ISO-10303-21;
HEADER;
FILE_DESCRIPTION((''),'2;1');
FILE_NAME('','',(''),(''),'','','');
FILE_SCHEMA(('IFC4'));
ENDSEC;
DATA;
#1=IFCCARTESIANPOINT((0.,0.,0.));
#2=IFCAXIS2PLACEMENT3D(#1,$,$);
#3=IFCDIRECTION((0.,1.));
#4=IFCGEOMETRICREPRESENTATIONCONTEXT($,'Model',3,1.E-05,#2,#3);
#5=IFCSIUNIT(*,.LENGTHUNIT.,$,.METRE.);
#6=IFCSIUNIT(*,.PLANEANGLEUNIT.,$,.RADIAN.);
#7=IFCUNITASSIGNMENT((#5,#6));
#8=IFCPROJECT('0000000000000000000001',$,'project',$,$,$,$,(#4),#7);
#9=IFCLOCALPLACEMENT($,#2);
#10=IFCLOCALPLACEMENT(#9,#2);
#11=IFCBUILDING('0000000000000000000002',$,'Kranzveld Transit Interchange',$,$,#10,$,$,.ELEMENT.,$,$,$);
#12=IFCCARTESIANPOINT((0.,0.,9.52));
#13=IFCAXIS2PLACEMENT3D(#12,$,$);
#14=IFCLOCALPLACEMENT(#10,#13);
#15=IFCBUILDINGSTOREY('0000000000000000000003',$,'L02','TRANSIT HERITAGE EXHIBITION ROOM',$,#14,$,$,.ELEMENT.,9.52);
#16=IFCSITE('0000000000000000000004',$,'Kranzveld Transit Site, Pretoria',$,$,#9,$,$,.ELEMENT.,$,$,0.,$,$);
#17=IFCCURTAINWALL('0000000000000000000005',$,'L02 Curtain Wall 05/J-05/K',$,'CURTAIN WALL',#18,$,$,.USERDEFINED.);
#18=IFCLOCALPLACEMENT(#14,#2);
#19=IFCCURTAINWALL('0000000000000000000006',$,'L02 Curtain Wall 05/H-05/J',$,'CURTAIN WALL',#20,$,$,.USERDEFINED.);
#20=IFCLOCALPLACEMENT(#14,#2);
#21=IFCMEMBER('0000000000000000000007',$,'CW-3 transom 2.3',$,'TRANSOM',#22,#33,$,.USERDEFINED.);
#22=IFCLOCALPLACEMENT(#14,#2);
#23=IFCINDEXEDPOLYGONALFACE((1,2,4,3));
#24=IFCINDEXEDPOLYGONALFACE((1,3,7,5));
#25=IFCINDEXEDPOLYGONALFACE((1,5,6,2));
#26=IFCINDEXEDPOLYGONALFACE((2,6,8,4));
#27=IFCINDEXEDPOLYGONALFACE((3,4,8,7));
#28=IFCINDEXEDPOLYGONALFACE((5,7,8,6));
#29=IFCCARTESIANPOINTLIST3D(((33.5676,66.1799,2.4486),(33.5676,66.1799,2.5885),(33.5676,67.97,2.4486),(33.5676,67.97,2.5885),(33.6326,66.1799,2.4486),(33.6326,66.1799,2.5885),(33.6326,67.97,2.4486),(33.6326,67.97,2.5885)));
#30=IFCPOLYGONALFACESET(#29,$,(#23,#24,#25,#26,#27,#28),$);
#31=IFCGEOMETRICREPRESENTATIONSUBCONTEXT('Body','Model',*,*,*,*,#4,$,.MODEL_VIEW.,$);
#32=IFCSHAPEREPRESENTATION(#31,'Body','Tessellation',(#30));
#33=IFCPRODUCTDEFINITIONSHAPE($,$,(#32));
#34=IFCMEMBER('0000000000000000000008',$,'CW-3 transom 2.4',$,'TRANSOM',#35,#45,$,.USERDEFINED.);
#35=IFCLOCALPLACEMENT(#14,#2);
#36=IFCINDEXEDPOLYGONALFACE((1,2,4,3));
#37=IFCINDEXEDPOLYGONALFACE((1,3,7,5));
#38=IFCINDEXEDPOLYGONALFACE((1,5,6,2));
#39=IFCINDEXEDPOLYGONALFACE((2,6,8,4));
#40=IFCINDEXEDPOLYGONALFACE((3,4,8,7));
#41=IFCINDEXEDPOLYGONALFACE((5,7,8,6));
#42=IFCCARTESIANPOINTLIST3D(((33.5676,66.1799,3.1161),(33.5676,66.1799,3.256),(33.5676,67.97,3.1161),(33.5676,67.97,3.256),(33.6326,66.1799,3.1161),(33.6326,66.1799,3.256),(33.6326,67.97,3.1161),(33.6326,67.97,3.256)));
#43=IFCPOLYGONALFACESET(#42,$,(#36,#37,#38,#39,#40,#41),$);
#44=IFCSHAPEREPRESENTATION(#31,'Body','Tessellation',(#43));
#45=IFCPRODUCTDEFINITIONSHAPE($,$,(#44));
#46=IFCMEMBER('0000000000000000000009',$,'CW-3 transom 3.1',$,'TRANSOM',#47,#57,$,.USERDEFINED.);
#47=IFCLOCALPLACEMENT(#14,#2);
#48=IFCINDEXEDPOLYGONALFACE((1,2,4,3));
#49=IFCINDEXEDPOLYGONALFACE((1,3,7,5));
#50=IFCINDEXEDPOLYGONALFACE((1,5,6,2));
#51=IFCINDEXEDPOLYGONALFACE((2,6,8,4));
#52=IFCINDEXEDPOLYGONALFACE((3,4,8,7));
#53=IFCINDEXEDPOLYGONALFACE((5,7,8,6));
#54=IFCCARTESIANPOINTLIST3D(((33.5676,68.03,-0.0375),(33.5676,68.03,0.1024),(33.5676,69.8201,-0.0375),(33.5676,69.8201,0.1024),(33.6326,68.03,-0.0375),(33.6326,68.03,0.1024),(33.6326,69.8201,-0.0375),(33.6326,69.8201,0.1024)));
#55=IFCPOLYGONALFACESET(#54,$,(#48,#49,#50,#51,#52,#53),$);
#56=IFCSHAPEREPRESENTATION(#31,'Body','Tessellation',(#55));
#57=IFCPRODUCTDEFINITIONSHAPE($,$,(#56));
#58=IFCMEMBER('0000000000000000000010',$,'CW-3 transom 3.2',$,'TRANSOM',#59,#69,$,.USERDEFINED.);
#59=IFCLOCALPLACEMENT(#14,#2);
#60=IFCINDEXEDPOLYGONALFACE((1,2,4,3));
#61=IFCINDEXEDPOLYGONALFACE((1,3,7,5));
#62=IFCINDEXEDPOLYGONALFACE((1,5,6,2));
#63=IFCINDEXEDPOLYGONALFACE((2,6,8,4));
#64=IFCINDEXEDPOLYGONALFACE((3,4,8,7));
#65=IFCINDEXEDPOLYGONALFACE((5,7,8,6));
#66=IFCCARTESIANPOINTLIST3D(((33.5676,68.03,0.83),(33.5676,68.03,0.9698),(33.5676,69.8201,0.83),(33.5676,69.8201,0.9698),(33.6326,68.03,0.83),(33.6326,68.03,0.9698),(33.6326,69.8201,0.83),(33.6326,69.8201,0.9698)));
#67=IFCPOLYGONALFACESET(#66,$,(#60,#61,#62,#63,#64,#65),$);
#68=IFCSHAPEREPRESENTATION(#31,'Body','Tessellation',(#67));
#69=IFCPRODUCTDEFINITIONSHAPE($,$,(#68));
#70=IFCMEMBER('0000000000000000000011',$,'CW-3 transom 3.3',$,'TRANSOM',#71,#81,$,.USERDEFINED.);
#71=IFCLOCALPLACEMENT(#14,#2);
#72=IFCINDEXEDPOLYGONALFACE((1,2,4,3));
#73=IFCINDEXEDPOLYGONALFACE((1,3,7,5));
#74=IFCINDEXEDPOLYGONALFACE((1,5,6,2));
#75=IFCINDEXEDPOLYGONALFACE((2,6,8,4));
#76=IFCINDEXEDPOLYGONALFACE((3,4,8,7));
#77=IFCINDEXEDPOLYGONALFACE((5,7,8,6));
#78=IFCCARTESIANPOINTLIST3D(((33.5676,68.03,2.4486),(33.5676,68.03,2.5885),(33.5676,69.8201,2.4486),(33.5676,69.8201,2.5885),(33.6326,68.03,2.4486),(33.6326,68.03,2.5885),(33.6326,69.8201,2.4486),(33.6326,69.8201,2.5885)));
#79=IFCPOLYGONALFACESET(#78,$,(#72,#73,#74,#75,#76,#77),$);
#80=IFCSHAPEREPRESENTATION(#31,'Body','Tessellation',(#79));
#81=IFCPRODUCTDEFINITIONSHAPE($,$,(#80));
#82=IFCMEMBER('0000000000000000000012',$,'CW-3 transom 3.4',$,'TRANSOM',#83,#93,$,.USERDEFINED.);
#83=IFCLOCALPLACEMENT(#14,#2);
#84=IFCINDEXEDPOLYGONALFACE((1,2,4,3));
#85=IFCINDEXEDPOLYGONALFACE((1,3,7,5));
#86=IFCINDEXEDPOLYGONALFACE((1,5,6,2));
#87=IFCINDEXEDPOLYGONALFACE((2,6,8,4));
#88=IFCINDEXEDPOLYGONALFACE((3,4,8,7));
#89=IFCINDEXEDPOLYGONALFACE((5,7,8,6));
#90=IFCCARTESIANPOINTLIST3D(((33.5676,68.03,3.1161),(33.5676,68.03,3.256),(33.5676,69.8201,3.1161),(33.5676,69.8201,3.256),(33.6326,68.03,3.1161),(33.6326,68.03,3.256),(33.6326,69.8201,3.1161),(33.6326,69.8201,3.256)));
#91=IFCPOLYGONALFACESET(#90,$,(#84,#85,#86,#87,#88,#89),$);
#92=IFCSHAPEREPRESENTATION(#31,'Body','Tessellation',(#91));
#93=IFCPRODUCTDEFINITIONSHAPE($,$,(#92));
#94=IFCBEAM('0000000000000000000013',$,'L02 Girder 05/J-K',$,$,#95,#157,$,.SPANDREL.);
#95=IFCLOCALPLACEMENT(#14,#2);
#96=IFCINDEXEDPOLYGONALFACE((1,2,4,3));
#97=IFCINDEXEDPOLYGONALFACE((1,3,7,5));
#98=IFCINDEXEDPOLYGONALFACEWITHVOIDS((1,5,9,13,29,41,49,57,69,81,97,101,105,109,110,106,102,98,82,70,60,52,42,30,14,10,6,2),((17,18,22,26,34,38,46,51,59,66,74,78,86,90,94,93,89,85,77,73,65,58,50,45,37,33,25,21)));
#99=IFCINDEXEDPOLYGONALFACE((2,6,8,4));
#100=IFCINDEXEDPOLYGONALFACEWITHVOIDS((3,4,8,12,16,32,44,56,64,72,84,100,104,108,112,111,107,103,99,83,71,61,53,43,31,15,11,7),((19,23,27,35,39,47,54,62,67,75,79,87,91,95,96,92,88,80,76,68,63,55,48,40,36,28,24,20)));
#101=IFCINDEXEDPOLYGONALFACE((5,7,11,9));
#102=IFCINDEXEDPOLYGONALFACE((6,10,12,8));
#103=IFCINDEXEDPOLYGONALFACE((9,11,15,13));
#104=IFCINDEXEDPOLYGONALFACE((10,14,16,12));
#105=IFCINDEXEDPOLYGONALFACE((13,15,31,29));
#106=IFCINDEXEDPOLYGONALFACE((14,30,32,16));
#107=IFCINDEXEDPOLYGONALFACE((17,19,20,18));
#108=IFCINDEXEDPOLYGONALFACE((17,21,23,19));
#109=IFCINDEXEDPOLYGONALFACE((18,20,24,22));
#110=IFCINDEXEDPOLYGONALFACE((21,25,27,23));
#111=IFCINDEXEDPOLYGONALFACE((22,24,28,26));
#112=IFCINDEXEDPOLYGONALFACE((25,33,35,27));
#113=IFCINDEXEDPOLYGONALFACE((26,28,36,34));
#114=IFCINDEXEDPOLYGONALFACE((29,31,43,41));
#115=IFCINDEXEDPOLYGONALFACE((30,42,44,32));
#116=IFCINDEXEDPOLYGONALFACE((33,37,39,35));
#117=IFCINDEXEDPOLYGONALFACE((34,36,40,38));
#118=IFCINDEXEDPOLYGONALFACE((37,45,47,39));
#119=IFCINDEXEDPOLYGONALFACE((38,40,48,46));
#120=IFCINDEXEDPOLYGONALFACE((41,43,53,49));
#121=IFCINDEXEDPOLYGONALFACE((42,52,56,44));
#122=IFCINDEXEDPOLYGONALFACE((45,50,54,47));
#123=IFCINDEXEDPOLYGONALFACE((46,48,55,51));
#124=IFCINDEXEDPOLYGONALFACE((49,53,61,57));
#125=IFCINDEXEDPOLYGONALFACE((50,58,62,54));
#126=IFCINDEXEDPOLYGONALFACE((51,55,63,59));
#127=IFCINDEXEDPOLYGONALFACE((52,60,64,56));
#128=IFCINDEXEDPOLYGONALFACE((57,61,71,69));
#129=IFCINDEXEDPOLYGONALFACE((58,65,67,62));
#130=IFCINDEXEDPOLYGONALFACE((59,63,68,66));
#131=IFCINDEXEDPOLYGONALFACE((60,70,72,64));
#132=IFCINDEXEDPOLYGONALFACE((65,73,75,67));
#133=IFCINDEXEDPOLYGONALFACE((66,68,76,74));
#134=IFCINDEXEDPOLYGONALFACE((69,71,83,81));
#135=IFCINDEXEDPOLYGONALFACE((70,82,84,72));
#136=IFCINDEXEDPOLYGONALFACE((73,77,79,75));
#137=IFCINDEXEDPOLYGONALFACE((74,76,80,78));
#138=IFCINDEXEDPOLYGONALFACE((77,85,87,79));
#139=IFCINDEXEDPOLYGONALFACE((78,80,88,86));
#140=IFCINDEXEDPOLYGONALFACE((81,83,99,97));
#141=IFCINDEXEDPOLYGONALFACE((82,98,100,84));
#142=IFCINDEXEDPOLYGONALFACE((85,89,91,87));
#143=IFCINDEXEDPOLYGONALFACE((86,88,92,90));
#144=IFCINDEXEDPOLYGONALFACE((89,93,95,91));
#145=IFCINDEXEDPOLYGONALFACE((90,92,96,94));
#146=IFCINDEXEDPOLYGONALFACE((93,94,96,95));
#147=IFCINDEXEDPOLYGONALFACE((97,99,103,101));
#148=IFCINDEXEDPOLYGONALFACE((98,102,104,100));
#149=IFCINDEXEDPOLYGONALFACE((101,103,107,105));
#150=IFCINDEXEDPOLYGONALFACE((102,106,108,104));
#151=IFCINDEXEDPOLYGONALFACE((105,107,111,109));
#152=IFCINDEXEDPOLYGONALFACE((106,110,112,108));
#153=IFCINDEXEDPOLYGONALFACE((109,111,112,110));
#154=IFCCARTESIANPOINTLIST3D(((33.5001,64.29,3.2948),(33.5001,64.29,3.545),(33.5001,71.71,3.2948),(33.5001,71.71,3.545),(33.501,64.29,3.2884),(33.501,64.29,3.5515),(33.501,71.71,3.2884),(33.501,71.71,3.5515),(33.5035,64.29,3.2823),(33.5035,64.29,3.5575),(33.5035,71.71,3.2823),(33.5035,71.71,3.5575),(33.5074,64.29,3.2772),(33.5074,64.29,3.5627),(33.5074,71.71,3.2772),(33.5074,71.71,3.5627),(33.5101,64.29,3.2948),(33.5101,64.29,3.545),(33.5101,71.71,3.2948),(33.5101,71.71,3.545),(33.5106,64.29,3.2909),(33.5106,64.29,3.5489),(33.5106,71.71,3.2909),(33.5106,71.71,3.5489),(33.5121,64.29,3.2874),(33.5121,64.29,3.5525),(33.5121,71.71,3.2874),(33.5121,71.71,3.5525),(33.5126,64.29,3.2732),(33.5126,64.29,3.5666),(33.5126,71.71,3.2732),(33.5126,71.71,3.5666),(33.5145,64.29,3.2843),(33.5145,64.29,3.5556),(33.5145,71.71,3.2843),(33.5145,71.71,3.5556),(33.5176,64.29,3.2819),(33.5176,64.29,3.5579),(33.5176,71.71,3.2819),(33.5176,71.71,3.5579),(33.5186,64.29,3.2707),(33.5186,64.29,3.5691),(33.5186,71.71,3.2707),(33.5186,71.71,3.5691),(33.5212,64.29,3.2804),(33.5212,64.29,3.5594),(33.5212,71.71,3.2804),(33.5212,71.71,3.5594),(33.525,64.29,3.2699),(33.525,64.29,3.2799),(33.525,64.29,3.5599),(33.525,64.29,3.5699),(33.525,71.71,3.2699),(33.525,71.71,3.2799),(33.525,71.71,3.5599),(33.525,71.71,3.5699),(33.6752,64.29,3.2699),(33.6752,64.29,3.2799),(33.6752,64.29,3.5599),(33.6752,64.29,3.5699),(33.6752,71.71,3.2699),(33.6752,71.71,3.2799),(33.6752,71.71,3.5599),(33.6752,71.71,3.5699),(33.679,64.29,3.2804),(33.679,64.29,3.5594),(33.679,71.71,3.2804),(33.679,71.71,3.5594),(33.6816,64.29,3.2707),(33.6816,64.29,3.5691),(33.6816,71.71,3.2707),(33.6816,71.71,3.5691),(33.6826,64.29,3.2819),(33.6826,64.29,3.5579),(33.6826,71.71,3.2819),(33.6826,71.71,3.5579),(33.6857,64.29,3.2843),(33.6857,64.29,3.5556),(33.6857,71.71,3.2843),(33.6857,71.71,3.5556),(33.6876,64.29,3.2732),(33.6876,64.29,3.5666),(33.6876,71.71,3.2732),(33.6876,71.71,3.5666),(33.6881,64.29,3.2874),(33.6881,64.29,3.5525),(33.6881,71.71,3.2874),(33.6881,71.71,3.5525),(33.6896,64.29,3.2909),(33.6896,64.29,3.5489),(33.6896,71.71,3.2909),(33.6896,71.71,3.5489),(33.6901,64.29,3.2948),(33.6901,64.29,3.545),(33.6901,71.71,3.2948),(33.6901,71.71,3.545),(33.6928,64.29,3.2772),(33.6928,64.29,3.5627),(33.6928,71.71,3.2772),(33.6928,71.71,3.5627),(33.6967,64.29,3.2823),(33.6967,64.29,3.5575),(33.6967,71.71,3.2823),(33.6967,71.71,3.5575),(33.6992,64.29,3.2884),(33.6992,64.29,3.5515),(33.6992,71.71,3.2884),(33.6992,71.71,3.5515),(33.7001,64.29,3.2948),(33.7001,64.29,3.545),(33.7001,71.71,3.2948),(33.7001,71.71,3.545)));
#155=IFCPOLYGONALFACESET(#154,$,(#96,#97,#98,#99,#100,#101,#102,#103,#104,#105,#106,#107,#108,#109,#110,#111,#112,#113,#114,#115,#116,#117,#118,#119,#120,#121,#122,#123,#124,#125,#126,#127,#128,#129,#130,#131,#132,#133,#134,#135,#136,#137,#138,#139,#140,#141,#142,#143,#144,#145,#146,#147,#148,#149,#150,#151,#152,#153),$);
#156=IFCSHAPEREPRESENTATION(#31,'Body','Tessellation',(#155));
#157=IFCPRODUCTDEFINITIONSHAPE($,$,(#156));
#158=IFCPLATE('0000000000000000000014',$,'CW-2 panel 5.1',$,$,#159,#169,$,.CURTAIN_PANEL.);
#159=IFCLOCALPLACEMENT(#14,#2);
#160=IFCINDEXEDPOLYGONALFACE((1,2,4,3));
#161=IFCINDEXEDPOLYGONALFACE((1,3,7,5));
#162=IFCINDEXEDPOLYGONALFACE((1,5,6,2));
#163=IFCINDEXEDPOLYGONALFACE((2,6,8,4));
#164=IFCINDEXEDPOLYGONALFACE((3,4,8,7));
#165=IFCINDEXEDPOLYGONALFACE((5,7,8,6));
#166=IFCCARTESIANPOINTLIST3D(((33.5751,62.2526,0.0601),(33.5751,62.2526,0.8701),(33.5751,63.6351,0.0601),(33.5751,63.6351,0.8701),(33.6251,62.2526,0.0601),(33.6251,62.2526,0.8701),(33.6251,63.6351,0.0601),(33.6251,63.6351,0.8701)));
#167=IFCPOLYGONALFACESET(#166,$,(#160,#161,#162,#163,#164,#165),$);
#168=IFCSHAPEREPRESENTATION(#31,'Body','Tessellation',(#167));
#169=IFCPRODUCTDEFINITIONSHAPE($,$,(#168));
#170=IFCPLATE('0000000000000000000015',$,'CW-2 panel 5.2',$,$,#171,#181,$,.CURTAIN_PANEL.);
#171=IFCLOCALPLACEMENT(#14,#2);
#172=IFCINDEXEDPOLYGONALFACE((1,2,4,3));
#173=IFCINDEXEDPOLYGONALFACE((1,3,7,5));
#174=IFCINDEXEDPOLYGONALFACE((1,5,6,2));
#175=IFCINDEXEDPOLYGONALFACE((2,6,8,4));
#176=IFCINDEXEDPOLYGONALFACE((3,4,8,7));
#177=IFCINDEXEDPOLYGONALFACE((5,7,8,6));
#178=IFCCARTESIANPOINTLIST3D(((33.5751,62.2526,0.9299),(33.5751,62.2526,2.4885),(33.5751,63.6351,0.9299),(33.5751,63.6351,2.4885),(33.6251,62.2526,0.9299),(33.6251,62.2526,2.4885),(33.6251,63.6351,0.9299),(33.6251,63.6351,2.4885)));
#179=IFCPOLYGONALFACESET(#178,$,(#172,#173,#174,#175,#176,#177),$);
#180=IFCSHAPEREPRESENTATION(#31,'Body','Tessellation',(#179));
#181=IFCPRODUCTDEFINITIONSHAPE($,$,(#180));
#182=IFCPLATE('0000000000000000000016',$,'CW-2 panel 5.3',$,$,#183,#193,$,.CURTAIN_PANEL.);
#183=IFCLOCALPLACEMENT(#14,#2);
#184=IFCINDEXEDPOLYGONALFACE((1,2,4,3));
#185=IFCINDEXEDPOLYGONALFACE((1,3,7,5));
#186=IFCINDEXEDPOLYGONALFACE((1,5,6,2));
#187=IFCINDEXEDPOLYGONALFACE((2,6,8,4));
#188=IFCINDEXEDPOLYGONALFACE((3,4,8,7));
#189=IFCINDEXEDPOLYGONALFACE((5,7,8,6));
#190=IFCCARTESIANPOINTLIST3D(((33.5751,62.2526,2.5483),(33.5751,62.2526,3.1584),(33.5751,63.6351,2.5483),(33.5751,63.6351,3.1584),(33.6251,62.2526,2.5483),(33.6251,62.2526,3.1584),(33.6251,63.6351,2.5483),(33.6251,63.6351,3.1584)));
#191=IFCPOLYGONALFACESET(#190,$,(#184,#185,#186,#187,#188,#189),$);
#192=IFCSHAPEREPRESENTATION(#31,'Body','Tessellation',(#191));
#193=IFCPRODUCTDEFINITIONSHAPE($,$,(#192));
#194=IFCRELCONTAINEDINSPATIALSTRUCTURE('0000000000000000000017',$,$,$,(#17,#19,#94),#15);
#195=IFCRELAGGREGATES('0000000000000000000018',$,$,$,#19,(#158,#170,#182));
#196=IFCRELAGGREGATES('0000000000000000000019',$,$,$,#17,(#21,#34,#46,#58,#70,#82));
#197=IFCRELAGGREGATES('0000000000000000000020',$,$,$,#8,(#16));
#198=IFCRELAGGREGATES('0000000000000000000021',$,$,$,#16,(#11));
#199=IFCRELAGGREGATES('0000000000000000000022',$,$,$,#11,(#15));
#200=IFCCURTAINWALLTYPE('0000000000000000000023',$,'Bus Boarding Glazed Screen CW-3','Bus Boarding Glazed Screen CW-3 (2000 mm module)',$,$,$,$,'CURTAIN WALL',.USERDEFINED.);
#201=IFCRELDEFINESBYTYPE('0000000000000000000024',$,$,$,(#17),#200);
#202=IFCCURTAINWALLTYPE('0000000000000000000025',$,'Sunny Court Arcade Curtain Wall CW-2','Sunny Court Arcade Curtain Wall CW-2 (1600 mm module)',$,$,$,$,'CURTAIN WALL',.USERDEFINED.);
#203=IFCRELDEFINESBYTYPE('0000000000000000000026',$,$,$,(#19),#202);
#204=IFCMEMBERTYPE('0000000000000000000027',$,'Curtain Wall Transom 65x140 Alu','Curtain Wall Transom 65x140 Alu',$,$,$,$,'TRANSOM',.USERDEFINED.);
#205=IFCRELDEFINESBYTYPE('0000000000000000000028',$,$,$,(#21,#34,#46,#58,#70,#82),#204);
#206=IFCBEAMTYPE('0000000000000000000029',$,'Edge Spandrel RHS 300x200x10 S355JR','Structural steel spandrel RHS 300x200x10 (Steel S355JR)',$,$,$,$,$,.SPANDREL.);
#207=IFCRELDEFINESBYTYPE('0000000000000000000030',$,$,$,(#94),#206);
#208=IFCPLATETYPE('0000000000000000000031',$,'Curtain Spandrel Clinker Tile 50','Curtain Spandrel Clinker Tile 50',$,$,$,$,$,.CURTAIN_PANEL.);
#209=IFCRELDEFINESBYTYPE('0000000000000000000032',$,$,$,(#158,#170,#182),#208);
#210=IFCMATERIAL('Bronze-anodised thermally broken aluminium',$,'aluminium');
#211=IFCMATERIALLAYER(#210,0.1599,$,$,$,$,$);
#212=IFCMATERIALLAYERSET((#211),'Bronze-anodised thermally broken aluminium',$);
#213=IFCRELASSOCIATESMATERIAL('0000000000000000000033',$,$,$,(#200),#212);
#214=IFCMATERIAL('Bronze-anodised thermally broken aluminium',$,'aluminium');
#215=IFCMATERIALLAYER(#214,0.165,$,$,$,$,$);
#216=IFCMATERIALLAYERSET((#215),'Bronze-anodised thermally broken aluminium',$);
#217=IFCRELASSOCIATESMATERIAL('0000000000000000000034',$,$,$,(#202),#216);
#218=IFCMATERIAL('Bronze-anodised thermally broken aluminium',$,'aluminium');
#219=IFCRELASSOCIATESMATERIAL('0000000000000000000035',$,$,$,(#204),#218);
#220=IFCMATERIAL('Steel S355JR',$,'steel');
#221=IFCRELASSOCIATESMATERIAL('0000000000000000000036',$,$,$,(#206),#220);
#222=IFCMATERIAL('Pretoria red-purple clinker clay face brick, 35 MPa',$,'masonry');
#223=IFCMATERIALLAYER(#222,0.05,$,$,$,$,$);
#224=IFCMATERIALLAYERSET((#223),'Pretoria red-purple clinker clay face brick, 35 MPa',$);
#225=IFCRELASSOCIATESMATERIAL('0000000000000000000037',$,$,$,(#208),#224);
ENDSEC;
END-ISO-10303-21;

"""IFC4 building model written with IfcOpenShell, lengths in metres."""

from ifc_helpers import new_model, si_unit, direction, frame, origin, origin_2d, place, context, subcontext, project, spatial, rectangle, hollow_rectangle, extrude, material, layer, layer_set, material_profile, profile_set, type_object, element, aggregate, save


model = new_model("IFC4")

# Units and contexts
model_context = context("Model", 3, precision=1e-05, world=origin(), true_north=direction((0.0, 1.0)))
body_context = subcontext(model_context, "Body", "Model", "MODEL_VIEW")
ifc_project = project(units=[si_unit("LENGTHUNIT", "METRE"), si_unit("PLANEANGLEUNIT", "RADIAN")], contexts=[model_context])

# Site, building, storey
site_placement = place(None, origin())
site = spatial("IfcSite", under=ifc_project, at=site_placement, Name="Kranzveld Transit Site, Pretoria", CompositionType="ELEMENT", RefElevation=0.0)
building_placement = place(site_placement, origin())
building = spatial("IfcBuilding", under=site, at=building_placement, Name="Kranzveld Transit Interchange", CompositionType="ELEMENT")
storey_placement = place(building_placement, frame((0.0, 0.0, 9.52)))
storey = spatial("IfcBuildingStorey", under=building, at=storey_placement, Name="L02", Description="TRANSIT HERITAGE EXHIBITION ROOM", CompositionType="ELEMENT", Elevation=9.52)

# Curtain walls
ifc_material_1 = material(Name="Bronze-anodised thermally broken aluminium", Category="aluminium")
ifc_layer_1 = layer(ifc_material_1, 0.1599)
ifc_layer_set_1 = layer_set([ifc_layer_1], Name="Bronze-anodised thermally broken aluminium")
curtain_wall_type_1 = type_object("IfcCurtainWallType", Name="Bus Boarding Glazed Screen CW-3", Description="Bus Boarding Glazed Screen CW-3 (2000 mm module)", ElementType="CURTAIN WALL", PredefinedType="USERDEFINED", material=ifc_layer_set_1)
curtain_wall_1_placement = place(storey_placement, origin())
curtain_wall_1 = element("IfcCurtainWall", 1, at=curtain_wall_1_placement, inside=storey, type_object=curtain_wall_type_1, Name="L02 Curtain Wall 05/J-05/K", ObjectType="CURTAIN WALL", PredefinedType="USERDEFINED")
ifc_material_2 = material(Name="Bronze-anodised thermally broken aluminium", Category="aluminium")
ifc_layer_2 = layer(ifc_material_2, 0.165)
ifc_layer_set_2 = layer_set([ifc_layer_2], Name="Bronze-anodised thermally broken aluminium")
curtain_wall_type_2 = type_object("IfcCurtainWallType", Name="Sunny Court Arcade Curtain Wall CW-2", Description="Sunny Court Arcade Curtain Wall CW-2 (1600 mm module)", ElementType="CURTAIN WALL", PredefinedType="USERDEFINED", material=ifc_layer_set_2)
curtain_wall_2_placement = place(storey_placement, origin())
curtain_wall_2 = element("IfcCurtainWall", 2, at=curtain_wall_2_placement, inside=storey, type_object=curtain_wall_type_2, Name="L02 Curtain Wall 05/H-05/J", ObjectType="CURTAIN WALL", PredefinedType="USERDEFINED")

# Members
ifc_material_3 = material(Name="Bronze-anodised thermally broken aluminium", Category="aluminium")
ifc_material_profile_1 = material_profile(ifc_material_3, rectangle(XDim=0.0649, YDim=0.1399, at=origin_2d()), Name="ALU TRANSOM 65x140")
ifc_profile_set_1 = profile_set([ifc_material_profile_1], Name="Bronze-anodised thermally broken aluminium")
member_type_1 = type_object("IfcMemberType", Name="Curtain Wall Transom 65x140 Alu", Description="Curtain Wall Transom 65x140 Alu", ElementType="TRANSOM", PredefinedType="USERDEFINED", material=ifc_profile_set_1)
member_1_placement = place(storey_placement, frame((33.6001, 66.1799, 2.5186), z_axis=(0.0, 1.0, 0.0), x_axis=(-1.0, 0.0, 0.0)))
member_1 = element("IfcMember", 3, at=member_1_placement, type_object=member_type_1, Name="CW-3 transom 2.3", ObjectType="TRANSOM", PredefinedType="USERDEFINED", context=body_context, shape_type="SweptSolid", body=[
    extrude(rectangle(XDim=0.0649, YDim=0.1399, at=origin_2d()), origin(), (0.0, 0.0, 1.0), 1.79),
])
member_2_placement = place(storey_placement, frame((33.6001, 66.1799, 3.186), z_axis=(0.0, 1.0, 0.0), x_axis=(-1.0, 0.0, 0.0)))
member_2 = element("IfcMember", 4, at=member_2_placement, type_object=member_type_1, Name="CW-3 transom 2.4", ObjectType="TRANSOM", PredefinedType="USERDEFINED", context=body_context, shape_type="SweptSolid", body=[
    extrude(rectangle(XDim=0.0649, YDim=0.1399, at=origin_2d()), origin(), (0.0, 0.0, 1.0), 1.79),
])
member_3_placement = place(storey_placement, frame((33.6001, 68.03, 0.0325), z_axis=(0.0, 1.0, 0.0), x_axis=(-1.0, 0.0, 0.0)))
member_3 = element("IfcMember", 5, at=member_3_placement, type_object=member_type_1, Name="CW-3 transom 3.1", ObjectType="TRANSOM", PredefinedType="USERDEFINED", context=body_context, shape_type="SweptSolid", body=[
    extrude(rectangle(XDim=0.0649, YDim=0.1399, at=origin_2d()), origin(), (0.0, 0.0, 1.0), 1.79),
])
member_4_placement = place(storey_placement, frame((33.6001, 68.03, 0.8999), z_axis=(0.0, 1.0, 0.0), x_axis=(-1.0, 0.0, 0.0)))
member_4 = element("IfcMember", 6, at=member_4_placement, type_object=member_type_1, Name="CW-3 transom 3.2", ObjectType="TRANSOM", PredefinedType="USERDEFINED", context=body_context, shape_type="SweptSolid", body=[
    extrude(rectangle(XDim=0.0649, YDim=0.1399, at=origin_2d()), origin(), (0.0, 0.0, 1.0), 1.79),
])
member_5_placement = place(storey_placement, frame((33.6001, 68.03, 2.5186), z_axis=(0.0, 1.0, 0.0), x_axis=(-1.0, 0.0, 0.0)))
member_5 = element("IfcMember", 7, at=member_5_placement, type_object=member_type_1, Name="CW-3 transom 3.3", ObjectType="TRANSOM", PredefinedType="USERDEFINED", context=body_context, shape_type="SweptSolid", body=[
    extrude(rectangle(XDim=0.0649, YDim=0.1399, at=origin_2d()), origin(), (0.0, 0.0, 1.0), 1.79),
])
member_6_placement = place(storey_placement, frame((33.6001, 68.03, 3.186), z_axis=(0.0, 1.0, 0.0), x_axis=(-1.0, 0.0, 0.0)))
member_6 = element("IfcMember", 8, at=member_6_placement, type_object=member_type_1, Name="CW-3 transom 3.4", ObjectType="TRANSOM", PredefinedType="USERDEFINED", context=body_context, shape_type="SweptSolid", body=[
    extrude(rectangle(XDim=0.0649, YDim=0.1399, at=origin_2d()), origin(), (0.0, 0.0, 1.0), 1.79),
])

# Beam
ifc_material_4 = material(Name="Steel S355JR", Category="steel")
ifc_material_profile_2 = material_profile(ifc_material_4, hollow_rectangle(XDim=0.2, YDim=0.3, WallThickness=0.01, InnerFilletRadius=0.0149, OuterFilletRadius=0.0249, at=origin_2d()), Name="RHS 300x200x10")
ifc_profile_set_2 = profile_set([ifc_material_profile_2], Name="Steel S355JR")
beam_type = type_object("IfcBeamType", Name="Edge Spandrel RHS 300x200x10 S355JR", Description="Structural steel spandrel RHS 300x200x10 (Steel S355JR)", PredefinedType="SPANDREL", material=ifc_profile_set_2)
beam_placement = place(storey_placement, frame((33.6001, 64.29, 3.4199), z_axis=(0.0, 1.0, 0.0), x_axis=(-1.0, 0.0, 0.0)))
element("IfcBeam", 9, at=beam_placement, inside=storey, type_object=beam_type, Name="L02 Girder 05/J-K", PredefinedType="SPANDREL", context=body_context, shape_type="SweptSolid", body=[
    extrude(hollow_rectangle(XDim=0.2, YDim=0.3, WallThickness=0.01, InnerFilletRadius=0.0149, OuterFilletRadius=0.0249, at=origin_2d()), origin(), (0.0, 0.0, 1.0), 7.4199),
])

# Plates
ifc_material_5 = material(Name="Pretoria red-purple clinker clay face brick, 35 MPa", Category="masonry")
ifc_layer_3 = layer(ifc_material_5, 0.05)
ifc_layer_set_3 = layer_set([ifc_layer_3], Name="Pretoria red-purple clinker clay face brick, 35 MPa")
plate_type_1 = type_object("IfcPlateType", Name="Curtain Spandrel Clinker Tile 50", Description="Curtain Spandrel Clinker Tile 50", PredefinedType="CURTAIN_PANEL", material=ifc_layer_set_3)
plate_1_placement = place(storey_placement, frame((33.6001, 62.9438, 0.0601), z_axis=(0.0, 0.0, 1.0), x_axis=(0.0, 1.0, 0.0)))
plate_1 = element("IfcPlate", 10, at=plate_1_placement, type_object=plate_type_1, Name="CW-2 panel 5.1", PredefinedType="CURTAIN_PANEL", context=body_context, shape_type="SweptSolid", body=[
    extrude(rectangle(XDim=1.3826, YDim=0.05, at=origin_2d()), origin(), (0.0, 0.0, 1.0), 0.8101),
])
plate_2_placement = place(storey_placement, frame((33.6001, 62.9438, 0.9299), z_axis=(0.0, 0.0, 1.0), x_axis=(0.0, 1.0, 0.0)))
plate_2 = element("IfcPlate", 11, at=plate_2_placement, type_object=plate_type_1, Name="CW-2 panel 5.2", PredefinedType="CURTAIN_PANEL", context=body_context, shape_type="SweptSolid", body=[
    extrude(rectangle(XDim=1.3826, YDim=0.05, at=origin_2d()), origin(), (0.0, 0.0, 1.0), 1.5586),
])
plate_3_placement = place(storey_placement, frame((33.6001, 62.9438, 2.5483), z_axis=(0.0, 0.0, 1.0), x_axis=(0.0, 1.0, 0.0)))
plate_3 = element("IfcPlate", 12, at=plate_3_placement, type_object=plate_type_1, Name="CW-2 panel 5.3", PredefinedType="CURTAIN_PANEL", context=body_context, shape_type="SweptSolid", body=[
    extrude(rectangle(XDim=1.3826, YDim=0.05, at=origin_2d()), origin(), (0.0, 0.0, 1.0), 0.6101),
])
aggregate(curtain_wall_2, [plate_1, plate_2, plate_3])
aggregate(curtain_wall_1, [member_1, member_2, member_3, member_4, member_5, member_6])

save(model, "model.ifc")
